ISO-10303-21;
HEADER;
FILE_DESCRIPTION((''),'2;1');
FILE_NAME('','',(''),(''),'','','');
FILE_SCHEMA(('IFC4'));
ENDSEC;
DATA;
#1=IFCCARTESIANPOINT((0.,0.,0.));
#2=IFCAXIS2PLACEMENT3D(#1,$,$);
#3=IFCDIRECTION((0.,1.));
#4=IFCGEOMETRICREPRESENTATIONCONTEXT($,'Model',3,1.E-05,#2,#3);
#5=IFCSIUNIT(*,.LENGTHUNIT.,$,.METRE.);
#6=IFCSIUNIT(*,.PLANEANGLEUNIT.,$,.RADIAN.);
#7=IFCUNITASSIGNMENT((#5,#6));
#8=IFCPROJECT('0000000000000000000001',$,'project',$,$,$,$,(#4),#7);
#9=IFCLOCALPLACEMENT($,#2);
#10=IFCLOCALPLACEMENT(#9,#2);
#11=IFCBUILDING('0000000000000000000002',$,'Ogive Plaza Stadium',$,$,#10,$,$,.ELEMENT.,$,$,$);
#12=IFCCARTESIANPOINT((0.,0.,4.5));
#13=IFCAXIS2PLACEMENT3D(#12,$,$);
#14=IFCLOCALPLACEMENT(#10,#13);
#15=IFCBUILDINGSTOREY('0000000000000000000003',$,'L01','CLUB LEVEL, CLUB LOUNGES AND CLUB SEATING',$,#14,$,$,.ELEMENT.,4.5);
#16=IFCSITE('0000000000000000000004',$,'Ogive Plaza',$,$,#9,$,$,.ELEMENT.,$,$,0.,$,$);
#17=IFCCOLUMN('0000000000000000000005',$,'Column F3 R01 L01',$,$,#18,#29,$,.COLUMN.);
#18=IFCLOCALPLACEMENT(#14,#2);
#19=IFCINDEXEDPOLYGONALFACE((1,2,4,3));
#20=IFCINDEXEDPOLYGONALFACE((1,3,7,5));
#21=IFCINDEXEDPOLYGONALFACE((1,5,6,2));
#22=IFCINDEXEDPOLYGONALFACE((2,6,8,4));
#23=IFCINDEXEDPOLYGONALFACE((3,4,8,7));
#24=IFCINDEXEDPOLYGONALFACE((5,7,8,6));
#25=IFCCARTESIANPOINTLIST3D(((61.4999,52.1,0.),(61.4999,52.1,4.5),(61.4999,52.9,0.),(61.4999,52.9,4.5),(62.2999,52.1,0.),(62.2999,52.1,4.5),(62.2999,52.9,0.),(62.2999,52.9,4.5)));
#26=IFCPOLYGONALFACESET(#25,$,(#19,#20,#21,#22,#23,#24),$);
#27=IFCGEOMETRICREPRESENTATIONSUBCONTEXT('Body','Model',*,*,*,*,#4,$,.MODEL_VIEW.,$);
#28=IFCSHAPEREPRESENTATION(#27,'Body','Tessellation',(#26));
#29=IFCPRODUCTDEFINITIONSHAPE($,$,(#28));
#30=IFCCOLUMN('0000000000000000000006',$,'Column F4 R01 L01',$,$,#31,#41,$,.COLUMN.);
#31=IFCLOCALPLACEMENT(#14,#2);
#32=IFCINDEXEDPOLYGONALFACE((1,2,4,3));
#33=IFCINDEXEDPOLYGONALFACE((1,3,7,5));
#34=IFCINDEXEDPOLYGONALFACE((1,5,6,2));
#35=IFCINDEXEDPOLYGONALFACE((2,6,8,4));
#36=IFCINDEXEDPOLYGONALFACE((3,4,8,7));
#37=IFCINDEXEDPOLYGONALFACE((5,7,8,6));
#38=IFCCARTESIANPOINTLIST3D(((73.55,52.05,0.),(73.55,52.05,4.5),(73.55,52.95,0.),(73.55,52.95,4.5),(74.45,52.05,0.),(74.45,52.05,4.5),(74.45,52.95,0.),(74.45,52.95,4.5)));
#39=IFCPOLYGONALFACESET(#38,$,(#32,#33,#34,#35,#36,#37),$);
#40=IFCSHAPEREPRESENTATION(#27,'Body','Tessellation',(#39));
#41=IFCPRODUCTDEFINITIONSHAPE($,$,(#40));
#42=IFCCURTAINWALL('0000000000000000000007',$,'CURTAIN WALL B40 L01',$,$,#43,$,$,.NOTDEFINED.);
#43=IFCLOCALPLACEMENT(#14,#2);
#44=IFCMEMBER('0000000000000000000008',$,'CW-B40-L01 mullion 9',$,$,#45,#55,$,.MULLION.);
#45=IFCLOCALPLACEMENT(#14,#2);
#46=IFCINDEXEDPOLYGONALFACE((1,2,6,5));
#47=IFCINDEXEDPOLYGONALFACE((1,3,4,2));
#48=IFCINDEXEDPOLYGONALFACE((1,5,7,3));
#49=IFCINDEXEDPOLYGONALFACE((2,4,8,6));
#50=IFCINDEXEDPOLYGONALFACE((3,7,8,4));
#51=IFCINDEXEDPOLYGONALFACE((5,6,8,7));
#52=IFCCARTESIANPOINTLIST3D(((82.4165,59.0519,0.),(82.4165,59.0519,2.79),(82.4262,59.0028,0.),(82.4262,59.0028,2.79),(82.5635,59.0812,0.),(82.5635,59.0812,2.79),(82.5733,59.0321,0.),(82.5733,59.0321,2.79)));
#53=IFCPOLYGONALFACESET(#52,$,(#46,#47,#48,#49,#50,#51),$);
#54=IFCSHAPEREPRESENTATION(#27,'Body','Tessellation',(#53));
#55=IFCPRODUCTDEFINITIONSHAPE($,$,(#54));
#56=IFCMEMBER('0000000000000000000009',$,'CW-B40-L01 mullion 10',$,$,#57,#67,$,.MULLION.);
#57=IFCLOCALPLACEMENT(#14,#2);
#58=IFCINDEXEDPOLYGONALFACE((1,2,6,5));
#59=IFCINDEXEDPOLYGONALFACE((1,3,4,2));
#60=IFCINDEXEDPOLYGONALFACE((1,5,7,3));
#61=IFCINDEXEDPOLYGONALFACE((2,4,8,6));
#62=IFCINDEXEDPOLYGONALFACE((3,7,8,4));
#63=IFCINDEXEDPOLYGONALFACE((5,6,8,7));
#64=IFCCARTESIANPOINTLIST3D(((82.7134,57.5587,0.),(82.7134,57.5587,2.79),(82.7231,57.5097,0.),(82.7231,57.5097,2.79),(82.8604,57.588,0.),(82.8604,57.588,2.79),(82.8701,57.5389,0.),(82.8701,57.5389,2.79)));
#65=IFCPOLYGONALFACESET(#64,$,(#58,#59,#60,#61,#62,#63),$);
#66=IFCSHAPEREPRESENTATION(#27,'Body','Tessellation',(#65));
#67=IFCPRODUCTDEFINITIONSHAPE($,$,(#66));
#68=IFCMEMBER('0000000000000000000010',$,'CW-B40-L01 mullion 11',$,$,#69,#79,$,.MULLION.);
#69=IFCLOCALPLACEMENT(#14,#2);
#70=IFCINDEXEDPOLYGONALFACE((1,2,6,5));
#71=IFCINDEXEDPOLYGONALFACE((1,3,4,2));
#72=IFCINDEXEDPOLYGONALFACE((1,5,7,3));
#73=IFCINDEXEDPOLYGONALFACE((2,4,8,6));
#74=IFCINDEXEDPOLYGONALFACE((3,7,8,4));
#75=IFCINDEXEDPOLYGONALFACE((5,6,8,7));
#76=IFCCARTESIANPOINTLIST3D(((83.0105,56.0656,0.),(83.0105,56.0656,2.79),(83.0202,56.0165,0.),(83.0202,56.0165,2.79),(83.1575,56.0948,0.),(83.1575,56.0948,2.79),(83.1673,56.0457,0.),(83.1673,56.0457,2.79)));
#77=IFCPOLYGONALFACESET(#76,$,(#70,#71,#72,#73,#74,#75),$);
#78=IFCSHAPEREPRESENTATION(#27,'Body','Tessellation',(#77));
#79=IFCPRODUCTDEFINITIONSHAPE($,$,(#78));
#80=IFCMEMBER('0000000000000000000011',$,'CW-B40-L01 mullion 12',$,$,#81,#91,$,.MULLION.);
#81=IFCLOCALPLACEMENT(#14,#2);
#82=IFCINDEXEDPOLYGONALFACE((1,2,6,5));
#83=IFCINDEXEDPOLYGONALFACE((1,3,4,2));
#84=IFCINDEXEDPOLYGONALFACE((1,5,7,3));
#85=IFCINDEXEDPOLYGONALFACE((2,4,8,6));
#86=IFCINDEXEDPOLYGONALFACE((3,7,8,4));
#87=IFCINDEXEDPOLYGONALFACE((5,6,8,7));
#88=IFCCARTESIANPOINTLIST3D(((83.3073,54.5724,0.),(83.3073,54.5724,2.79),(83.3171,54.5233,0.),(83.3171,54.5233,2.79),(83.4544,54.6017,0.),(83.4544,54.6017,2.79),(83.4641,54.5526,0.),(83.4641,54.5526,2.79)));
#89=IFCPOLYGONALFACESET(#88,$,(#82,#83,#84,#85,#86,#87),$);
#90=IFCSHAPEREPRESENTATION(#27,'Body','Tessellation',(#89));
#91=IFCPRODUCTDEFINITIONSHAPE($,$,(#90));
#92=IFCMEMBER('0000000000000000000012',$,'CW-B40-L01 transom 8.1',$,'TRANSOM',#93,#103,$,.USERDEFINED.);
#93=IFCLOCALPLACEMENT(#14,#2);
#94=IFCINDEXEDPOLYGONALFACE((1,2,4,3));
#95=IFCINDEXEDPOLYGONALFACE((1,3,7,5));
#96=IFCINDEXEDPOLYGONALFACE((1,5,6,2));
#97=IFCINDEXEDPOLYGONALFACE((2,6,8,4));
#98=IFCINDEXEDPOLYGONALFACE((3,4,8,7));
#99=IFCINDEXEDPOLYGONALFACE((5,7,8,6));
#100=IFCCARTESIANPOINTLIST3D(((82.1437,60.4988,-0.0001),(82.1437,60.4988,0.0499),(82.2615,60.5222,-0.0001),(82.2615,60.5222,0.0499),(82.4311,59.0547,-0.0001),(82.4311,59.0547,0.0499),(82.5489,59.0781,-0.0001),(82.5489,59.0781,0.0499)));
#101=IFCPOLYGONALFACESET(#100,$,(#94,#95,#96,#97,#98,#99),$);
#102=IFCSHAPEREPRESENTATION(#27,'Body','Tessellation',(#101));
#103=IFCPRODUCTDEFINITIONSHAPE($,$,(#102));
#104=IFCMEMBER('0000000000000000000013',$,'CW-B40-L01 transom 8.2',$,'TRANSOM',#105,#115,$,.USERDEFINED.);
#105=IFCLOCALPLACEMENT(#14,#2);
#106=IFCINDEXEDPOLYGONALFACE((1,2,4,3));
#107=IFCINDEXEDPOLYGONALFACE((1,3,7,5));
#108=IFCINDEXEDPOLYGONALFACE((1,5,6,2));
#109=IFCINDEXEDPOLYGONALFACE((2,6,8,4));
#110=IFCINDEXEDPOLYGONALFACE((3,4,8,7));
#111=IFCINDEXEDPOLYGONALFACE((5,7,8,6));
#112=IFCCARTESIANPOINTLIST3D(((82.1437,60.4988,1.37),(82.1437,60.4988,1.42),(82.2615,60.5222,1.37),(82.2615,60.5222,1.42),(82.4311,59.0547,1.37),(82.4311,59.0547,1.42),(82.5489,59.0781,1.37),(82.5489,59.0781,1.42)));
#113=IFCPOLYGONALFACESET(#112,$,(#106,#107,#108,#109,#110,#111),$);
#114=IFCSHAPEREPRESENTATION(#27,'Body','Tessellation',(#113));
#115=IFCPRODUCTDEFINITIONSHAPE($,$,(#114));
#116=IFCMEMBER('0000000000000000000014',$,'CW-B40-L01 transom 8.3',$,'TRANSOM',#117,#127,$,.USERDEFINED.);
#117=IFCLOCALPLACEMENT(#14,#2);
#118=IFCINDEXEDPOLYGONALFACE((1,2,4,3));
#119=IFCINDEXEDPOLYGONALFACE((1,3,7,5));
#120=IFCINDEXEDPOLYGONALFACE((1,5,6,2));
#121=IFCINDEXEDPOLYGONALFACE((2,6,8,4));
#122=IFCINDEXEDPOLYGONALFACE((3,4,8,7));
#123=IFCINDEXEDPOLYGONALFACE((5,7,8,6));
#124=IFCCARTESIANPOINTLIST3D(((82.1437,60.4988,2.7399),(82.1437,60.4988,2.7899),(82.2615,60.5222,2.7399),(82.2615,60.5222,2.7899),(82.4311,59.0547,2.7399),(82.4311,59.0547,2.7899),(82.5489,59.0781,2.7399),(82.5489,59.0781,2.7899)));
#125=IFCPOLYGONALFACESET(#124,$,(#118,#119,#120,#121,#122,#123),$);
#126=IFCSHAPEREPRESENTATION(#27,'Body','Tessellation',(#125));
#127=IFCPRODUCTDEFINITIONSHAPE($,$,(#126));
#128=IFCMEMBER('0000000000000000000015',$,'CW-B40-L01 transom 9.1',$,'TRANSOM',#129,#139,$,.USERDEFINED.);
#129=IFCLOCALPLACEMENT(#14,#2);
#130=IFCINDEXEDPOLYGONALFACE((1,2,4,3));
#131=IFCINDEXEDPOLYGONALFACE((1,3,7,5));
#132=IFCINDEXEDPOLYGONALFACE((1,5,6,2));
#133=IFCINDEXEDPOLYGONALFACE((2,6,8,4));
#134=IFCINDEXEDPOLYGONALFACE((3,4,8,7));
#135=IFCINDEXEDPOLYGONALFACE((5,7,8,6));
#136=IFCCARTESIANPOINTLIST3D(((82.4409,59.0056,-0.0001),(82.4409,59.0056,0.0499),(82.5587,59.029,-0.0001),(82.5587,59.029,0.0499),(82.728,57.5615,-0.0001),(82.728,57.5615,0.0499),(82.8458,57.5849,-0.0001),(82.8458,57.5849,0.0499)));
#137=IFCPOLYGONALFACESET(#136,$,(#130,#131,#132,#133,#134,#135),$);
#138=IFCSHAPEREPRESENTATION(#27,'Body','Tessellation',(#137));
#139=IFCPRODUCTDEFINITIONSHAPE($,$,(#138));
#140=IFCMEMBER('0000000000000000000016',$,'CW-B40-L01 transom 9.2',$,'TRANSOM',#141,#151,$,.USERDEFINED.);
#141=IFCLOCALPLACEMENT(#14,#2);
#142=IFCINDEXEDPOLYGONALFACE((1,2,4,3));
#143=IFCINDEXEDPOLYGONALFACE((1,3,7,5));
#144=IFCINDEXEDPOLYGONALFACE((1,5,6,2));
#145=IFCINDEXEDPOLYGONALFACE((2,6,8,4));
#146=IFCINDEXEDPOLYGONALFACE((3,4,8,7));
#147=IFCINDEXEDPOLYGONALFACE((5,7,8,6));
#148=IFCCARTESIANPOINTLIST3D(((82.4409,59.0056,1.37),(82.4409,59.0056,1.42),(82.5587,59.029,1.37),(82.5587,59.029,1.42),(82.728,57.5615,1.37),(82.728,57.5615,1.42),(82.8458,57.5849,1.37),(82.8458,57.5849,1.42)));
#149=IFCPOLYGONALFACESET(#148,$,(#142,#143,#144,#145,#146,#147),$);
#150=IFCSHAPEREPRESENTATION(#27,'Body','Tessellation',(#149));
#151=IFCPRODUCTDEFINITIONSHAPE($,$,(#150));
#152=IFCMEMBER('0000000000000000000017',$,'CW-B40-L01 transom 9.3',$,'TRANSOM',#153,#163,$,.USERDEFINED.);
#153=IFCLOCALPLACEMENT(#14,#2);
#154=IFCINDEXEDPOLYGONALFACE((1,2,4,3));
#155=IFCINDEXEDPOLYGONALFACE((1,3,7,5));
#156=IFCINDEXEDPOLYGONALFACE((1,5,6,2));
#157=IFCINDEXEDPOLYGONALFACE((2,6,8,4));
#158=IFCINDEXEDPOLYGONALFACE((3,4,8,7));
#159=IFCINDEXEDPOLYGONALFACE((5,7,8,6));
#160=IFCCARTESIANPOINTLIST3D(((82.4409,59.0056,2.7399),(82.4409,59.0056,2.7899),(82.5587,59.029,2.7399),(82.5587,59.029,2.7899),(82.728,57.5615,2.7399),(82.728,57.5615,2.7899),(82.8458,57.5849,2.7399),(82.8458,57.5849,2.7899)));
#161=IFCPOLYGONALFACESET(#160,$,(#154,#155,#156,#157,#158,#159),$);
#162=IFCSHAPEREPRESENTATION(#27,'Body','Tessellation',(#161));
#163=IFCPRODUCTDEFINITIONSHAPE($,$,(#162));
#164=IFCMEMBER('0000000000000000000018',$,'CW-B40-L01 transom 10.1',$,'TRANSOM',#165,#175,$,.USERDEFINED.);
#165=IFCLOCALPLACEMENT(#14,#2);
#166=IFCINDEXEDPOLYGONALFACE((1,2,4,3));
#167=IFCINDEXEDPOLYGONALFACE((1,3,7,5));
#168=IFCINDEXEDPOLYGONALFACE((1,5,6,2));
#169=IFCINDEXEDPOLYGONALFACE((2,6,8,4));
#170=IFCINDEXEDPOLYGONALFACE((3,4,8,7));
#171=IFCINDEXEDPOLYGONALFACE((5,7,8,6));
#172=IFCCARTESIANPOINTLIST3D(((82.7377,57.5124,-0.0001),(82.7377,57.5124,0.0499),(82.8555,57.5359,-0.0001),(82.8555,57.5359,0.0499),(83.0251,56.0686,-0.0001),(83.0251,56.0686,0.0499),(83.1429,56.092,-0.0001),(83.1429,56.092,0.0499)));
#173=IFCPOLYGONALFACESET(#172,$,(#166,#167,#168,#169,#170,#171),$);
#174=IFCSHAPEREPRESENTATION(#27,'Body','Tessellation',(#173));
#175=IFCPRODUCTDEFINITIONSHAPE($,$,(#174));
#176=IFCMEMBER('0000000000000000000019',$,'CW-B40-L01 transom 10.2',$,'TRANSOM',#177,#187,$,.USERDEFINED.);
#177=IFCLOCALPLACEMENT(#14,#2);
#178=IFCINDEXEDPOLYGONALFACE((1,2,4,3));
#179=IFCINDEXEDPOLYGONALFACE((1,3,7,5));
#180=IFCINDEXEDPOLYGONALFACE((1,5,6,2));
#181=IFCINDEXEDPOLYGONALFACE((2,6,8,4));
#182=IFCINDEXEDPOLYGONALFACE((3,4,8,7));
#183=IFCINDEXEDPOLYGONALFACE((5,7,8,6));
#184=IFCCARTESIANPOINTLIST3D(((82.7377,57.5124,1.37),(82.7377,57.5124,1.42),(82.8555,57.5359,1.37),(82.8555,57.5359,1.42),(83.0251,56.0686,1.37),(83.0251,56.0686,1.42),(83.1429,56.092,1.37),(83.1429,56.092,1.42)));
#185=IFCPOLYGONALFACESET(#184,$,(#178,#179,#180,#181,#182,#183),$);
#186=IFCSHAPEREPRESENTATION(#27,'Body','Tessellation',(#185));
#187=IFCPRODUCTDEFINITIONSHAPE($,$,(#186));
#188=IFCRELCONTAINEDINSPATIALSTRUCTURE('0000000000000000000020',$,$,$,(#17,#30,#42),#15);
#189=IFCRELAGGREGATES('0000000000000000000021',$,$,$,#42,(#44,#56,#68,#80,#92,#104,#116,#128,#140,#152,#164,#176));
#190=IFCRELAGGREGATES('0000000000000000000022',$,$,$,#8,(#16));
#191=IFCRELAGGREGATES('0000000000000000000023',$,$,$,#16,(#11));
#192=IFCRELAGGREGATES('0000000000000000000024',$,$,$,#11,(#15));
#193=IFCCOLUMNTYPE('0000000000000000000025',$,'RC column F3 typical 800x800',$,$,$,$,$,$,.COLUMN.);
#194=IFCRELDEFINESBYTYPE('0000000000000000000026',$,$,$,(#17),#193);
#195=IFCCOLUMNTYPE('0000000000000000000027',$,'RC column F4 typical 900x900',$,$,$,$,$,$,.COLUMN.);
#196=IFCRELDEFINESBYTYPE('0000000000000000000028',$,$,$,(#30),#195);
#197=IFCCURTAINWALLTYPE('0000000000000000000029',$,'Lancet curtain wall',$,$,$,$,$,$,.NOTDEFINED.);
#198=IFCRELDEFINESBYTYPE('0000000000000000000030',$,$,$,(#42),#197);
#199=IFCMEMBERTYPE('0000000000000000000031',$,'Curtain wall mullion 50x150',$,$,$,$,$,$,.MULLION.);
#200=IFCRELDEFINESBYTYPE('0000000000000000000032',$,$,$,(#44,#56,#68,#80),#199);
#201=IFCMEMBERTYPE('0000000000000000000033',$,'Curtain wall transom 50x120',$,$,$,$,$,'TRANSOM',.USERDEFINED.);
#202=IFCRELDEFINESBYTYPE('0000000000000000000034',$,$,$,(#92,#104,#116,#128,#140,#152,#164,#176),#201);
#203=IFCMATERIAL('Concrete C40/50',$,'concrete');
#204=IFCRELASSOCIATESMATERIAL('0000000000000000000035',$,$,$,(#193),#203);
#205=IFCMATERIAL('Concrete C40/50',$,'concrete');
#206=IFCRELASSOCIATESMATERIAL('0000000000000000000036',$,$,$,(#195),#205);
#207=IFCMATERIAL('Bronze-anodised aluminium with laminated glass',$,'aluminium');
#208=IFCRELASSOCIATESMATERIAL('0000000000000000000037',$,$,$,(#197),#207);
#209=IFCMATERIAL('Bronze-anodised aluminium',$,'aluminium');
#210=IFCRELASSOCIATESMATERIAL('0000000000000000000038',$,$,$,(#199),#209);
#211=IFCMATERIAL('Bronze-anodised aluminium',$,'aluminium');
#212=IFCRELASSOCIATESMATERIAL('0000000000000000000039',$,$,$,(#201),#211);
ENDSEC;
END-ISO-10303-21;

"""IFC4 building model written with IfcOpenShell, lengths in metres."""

from ifc_helpers import new_model, si_unit, direction, frame, origin, origin_2d, place, context, subcontext, project, spatial, rectangle, extrude, material, material_profile, profile_set, type_object, element, aggregate, save


model = new_model("IFC4")

# Units and contexts
model_context = context("Model", 3, precision=1e-05, world=origin(), true_north=direction((0.0, 1.0)))
body_context = subcontext(model_context, "Body", "Model", "MODEL_VIEW")
ifc_project = project(units=[si_unit("LENGTHUNIT", "METRE"), si_unit("PLANEANGLEUNIT", "RADIAN")], contexts=[model_context])

# Site, building, storey
site_placement = place(None, origin())
site = spatial("IfcSite", under=ifc_project, at=site_placement, Name="Ogive Plaza", CompositionType="ELEMENT", RefElevation=0.0)
building_placement = place(site_placement, origin())
building = spatial("IfcBuilding", under=site, at=building_placement, Name="Ogive Plaza Stadium", CompositionType="ELEMENT")
storey_placement = place(building_placement, frame((0.0, 0.0, 4.5)))
storey = spatial("IfcBuildingStorey", under=building, at=storey_placement, Name="L01", Description="CLUB LEVEL, CLUB LOUNGES AND CLUB SEATING", CompositionType="ELEMENT", Elevation=4.5)

# Columns
ifc_material_1 = material(Name="Concrete C40/50", Category="concrete")
ifc_material_profile_1 = material_profile(ifc_material_1, rectangle(XDim=0.8, YDim=0.8, at=origin_2d()), Name="RC 800x800")
ifc_profile_set_1 = profile_set([ifc_material_profile_1], Name="Concrete C40/50")
column_type_1 = type_object("IfcColumnType", Name="RC column F3 typical 800x800", PredefinedType="COLUMN", material=ifc_profile_set_1)
column_1_placement = place(storey_placement, frame((61.8999, 52.5, 0.0), z_axis=(0.0, 0.0, 1.0), x_axis=(0.0, 1.0, 0.0)))
element("IfcColumn", 1, at=column_1_placement, inside=storey, type_object=column_type_1, Name="Column F3 R01 L01", PredefinedType="COLUMN", context=body_context, shape_type="SweptSolid", body=[
    extrude(rectangle(XDim=0.8, YDim=0.8, at=origin_2d()), origin(), (0.0, 0.0, 1.0), 4.5),
])
ifc_material_2 = material(Name="Concrete C40/50", Category="concrete")
ifc_material_profile_2 = material_profile(ifc_material_2, rectangle(XDim=0.8999, YDim=0.8999, at=origin_2d()), Name="RC 900x900")
ifc_profile_set_2 = profile_set([ifc_material_profile_2], Name="Concrete C40/50")
column_type_2 = type_object("IfcColumnType", Name="RC column F4 typical 900x900", PredefinedType="COLUMN", material=ifc_profile_set_2)
column_2_placement = place(storey_placement, frame((74.0, 52.5, 0.0), z_axis=(0.0, 0.0, 1.0), x_axis=(0.0, 1.0, 0.0)))
element("IfcColumn", 2, at=column_2_placement, inside=storey, type_object=column_type_2, Name="Column F4 R01 L01", PredefinedType="COLUMN", context=body_context, shape_type="SweptSolid", body=[
    extrude(rectangle(XDim=0.8999, YDim=0.8999, at=origin_2d()), origin(), (0.0, 0.0, 1.0), 4.5),
])

# Curtain wall, members
ifc_material_3 = material(Name="Bronze-anodised aluminium with laminated glass", Category="aluminium")
curtain_wall_type = type_object("IfcCurtainWallType", Name="Lancet curtain wall", PredefinedType="NOTDEFINED", material=ifc_material_3)
curtain_wall_placement = place(storey_placement, origin())
curtain_wall = element("IfcCurtainWall", 3, at=curtain_wall_placement, inside=storey, type_object=curtain_wall_type, Name="CURTAIN WALL B40 L01", PredefinedType="NOTDEFINED")
ifc_material_4 = material(Name="Bronze-anodised aluminium", Category="aluminium")
ifc_material_profile_3 = material_profile(ifc_material_4, rectangle(XDim=0.1499, YDim=0.05, at=origin_2d()), Name="AL 150x50")
ifc_profile_set_3 = profile_set([ifc_material_profile_3], Name="Bronze-anodised aluminium")
member_type_1 = type_object("IfcMemberType", Name="Curtain wall mullion 50x150", PredefinedType="MULLION", material=ifc_profile_set_3)
member_1_placement = place(storey_placement, frame((82.4949, 59.042, 0.0), z_axis=(0.0, 0.0, 1.0), x_axis=(0.980785, 0.19509, 0.0)))
member_1 = element("IfcMember", 4, at=member_1_placement, type_object=member_type_1, Name="CW-B40-L01 mullion 9", PredefinedType="MULLION", context=body_context, shape_type="SweptSolid", body=[
    extrude(rectangle(XDim=0.1499, YDim=0.05, at=origin_2d()), origin(), (0.0, 0.0, 1.0), 2.79),
])
member_2_placement = place(storey_placement, frame((82.7917, 57.5488, 0.0), z_axis=(0.0, 0.0, 1.0), x_axis=(0.980785, 0.19509, 0.0)))
member_2 = element("IfcMember", 5, at=member_2_placement, type_object=member_type_1, Name="CW-B40-L01 mullion 10", PredefinedType="MULLION", context=body_context, shape_type="SweptSolid", body=[
    extrude(rectangle(XDim=0.1499, YDim=0.05, at=origin_2d()), origin(), (0.0, 0.0, 1.0), 2.79),
])
member_3_placement = place(storey_placement, frame((83.0889, 56.0557, 0.0), z_axis=(0.0, 0.0, 1.0), x_axis=(0.980785, 0.19509, 0.0)))
member_3 = element("IfcMember", 6, at=member_3_placement, type_object=member_type_1, Name="CW-B40-L01 mullion 11", PredefinedType="MULLION", context=body_context, shape_type="SweptSolid", body=[
    extrude(rectangle(XDim=0.1499, YDim=0.05, at=origin_2d()), origin(), (0.0, 0.0, 1.0), 2.79),
])
member_4_placement = place(storey_placement, frame((83.3857, 54.5625, 0.0), z_axis=(0.0, 0.0, 1.0), x_axis=(0.980785, 0.19509, 0.0)))
member_4 = element("IfcMember", 7, at=member_4_placement, type_object=member_type_1, Name="CW-B40-L01 mullion 12", PredefinedType="MULLION", context=body_context, shape_type="SweptSolid", body=[
    extrude(rectangle(XDim=0.1499, YDim=0.05, at=origin_2d()), origin(), (0.0, 0.0, 1.0), 2.79),
])
ifc_material_5 = material(Name="Bronze-anodised aluminium", Category="aluminium")
ifc_material_profile_4 = material_profile(ifc_material_5, rectangle(XDim=0.1201, YDim=0.05, at=origin_2d()), Name="AL 120x50")
ifc_profile_set_4 = profile_set([ifc_material_profile_4], Name="Bronze-anodised aluminium")
member_type_2 = type_object("IfcMemberType", Name="Curtain wall transom 50x120", ElementType="TRANSOM", PredefinedType="USERDEFINED", material=ifc_profile_set_4)
member_5_placement = place(storey_placement, frame((82.2026, 60.5105, 0.0249), z_axis=(0.195159, -0.980772, 0.0), x_axis=(0.980772, 0.195159, 0.0)))
member_5 = element("IfcMember", 8, at=member_5_placement, type_object=member_type_2, Name="CW-B40-L01 transom 8.1", ObjectType="TRANSOM", PredefinedType="USERDEFINED", context=body_context, shape_type="SweptSolid", body=[
    extrude(rectangle(XDim=0.1201, YDim=0.05, at=origin_2d()), origin(), (0.0, 0.0, 1.0), 1.4724),
])
member_6_placement = place(storey_placement, frame((82.2026, 60.5105, 1.395), z_axis=(0.195159, -0.980772, 0.0), x_axis=(0.980772, 0.195159, 0.0)))
member_6 = element("IfcMember", 9, at=member_6_placement, type_object=member_type_2, Name="CW-B40-L01 transom 8.2", ObjectType="TRANSOM", PredefinedType="USERDEFINED", context=body_context, shape_type="SweptSolid", body=[
    extrude(rectangle(XDim=0.1201, YDim=0.05, at=origin_2d()), origin(), (0.0, 0.0, 1.0), 1.4724),
])
member_7_placement = place(storey_placement, frame((82.2026, 60.5105, 2.7649), z_axis=(0.195159, -0.980772, 0.0), x_axis=(0.980772, 0.195159, 0.0)))
member_7 = element("IfcMember", 10, at=member_7_placement, type_object=member_type_2, Name="CW-B40-L01 transom 8.3", ObjectType="TRANSOM", PredefinedType="USERDEFINED", context=body_context, shape_type="SweptSolid", body=[
    extrude(rectangle(XDim=0.1201, YDim=0.05, at=origin_2d()), origin(), (0.0, 0.0, 1.0), 1.4724),
])
member_8_placement = place(storey_placement, frame((82.4998, 59.0173, 0.0249), z_axis=(0.195, -0.980803, 0.0), x_axis=(0.980803, 0.195, 0.0)))
member_8 = element("IfcMember", 11, at=member_8_placement, type_object=member_type_2, Name="CW-B40-L01 transom 9.1", ObjectType="TRANSOM", PredefinedType="USERDEFINED", context=body_context, shape_type="SweptSolid", body=[
    extrude(rectangle(XDim=0.1201, YDim=0.05, at=origin_2d()), origin(), (0.0, 0.0, 1.0), 1.4724),
])
member_9_placement = place(storey_placement, frame((82.4998, 59.0173, 1.395), z_axis=(0.195, -0.980803, 0.0), x_axis=(0.980803, 0.195, 0.0)))
member_9 = element("IfcMember", 12, at=member_9_placement, type_object=member_type_2, Name="CW-B40-L01 transom 9.2", ObjectType="TRANSOM", PredefinedType="USERDEFINED", context=body_context, shape_type="SweptSolid", body=[
    extrude(rectangle(XDim=0.1201, YDim=0.05, at=origin_2d()), origin(), (0.0, 0.0, 1.0), 1.4724),
])
member_10_placement = place(storey_placement, frame((82.4998, 59.0173, 2.7649), z_axis=(0.195, -0.980803, 0.0), x_axis=(0.980803, 0.195, 0.0)))
member_10 = element("IfcMember", 13, at=member_10_placement, type_object=member_type_2, Name="CW-B40-L01 transom 9.3", ObjectType="TRANSOM", PredefinedType="USERDEFINED", context=body_context, shape_type="SweptSolid", body=[
    extrude(rectangle(XDim=0.1201, YDim=0.05, at=origin_2d()), origin(), (0.0, 0.0, 1.0), 1.4724),
])
member_11_placement = place(storey_placement, frame((82.7966, 57.5242, 0.0249), z_axis=(0.195191, -0.980765, 0.0), x_axis=(0.980765, 0.195191, 0.0)))
member_11 = element("IfcMember", 14, at=member_11_placement, type_object=member_type_2, Name="CW-B40-L01 transom 10.1", ObjectType="TRANSOM", PredefinedType="USERDEFINED", context=body_context, shape_type="SweptSolid", body=[
    extrude(rectangle(XDim=0.1201, YDim=0.05, at=origin_2d()), origin(), (0.0, 0.0, 1.0), 1.4722),
])
member_12_placement = place(storey_placement, frame((82.7966, 57.5242, 1.395), z_axis=(0.195191, -0.980765, 0.0), x_axis=(0.980765, 0.195191, 0.0)))
member_12 = element("IfcMember", 15, at=member_12_placement, type_object=member_type_2, Name="CW-B40-L01 transom 10.2", ObjectType="TRANSOM", PredefinedType="USERDEFINED", context=body_context, shape_type="SweptSolid", body=[
    extrude(rectangle(XDim=0.1201, YDim=0.05, at=origin_2d()), origin(), (0.0, 0.0, 1.0), 1.4722),
])

aggregate(curtain_wall, [member_1, member_2, member_3, member_4, member_5, member_6, member_7, member_8, member_9, member_10, member_11, member_12])

save(model, "model.ifc")
